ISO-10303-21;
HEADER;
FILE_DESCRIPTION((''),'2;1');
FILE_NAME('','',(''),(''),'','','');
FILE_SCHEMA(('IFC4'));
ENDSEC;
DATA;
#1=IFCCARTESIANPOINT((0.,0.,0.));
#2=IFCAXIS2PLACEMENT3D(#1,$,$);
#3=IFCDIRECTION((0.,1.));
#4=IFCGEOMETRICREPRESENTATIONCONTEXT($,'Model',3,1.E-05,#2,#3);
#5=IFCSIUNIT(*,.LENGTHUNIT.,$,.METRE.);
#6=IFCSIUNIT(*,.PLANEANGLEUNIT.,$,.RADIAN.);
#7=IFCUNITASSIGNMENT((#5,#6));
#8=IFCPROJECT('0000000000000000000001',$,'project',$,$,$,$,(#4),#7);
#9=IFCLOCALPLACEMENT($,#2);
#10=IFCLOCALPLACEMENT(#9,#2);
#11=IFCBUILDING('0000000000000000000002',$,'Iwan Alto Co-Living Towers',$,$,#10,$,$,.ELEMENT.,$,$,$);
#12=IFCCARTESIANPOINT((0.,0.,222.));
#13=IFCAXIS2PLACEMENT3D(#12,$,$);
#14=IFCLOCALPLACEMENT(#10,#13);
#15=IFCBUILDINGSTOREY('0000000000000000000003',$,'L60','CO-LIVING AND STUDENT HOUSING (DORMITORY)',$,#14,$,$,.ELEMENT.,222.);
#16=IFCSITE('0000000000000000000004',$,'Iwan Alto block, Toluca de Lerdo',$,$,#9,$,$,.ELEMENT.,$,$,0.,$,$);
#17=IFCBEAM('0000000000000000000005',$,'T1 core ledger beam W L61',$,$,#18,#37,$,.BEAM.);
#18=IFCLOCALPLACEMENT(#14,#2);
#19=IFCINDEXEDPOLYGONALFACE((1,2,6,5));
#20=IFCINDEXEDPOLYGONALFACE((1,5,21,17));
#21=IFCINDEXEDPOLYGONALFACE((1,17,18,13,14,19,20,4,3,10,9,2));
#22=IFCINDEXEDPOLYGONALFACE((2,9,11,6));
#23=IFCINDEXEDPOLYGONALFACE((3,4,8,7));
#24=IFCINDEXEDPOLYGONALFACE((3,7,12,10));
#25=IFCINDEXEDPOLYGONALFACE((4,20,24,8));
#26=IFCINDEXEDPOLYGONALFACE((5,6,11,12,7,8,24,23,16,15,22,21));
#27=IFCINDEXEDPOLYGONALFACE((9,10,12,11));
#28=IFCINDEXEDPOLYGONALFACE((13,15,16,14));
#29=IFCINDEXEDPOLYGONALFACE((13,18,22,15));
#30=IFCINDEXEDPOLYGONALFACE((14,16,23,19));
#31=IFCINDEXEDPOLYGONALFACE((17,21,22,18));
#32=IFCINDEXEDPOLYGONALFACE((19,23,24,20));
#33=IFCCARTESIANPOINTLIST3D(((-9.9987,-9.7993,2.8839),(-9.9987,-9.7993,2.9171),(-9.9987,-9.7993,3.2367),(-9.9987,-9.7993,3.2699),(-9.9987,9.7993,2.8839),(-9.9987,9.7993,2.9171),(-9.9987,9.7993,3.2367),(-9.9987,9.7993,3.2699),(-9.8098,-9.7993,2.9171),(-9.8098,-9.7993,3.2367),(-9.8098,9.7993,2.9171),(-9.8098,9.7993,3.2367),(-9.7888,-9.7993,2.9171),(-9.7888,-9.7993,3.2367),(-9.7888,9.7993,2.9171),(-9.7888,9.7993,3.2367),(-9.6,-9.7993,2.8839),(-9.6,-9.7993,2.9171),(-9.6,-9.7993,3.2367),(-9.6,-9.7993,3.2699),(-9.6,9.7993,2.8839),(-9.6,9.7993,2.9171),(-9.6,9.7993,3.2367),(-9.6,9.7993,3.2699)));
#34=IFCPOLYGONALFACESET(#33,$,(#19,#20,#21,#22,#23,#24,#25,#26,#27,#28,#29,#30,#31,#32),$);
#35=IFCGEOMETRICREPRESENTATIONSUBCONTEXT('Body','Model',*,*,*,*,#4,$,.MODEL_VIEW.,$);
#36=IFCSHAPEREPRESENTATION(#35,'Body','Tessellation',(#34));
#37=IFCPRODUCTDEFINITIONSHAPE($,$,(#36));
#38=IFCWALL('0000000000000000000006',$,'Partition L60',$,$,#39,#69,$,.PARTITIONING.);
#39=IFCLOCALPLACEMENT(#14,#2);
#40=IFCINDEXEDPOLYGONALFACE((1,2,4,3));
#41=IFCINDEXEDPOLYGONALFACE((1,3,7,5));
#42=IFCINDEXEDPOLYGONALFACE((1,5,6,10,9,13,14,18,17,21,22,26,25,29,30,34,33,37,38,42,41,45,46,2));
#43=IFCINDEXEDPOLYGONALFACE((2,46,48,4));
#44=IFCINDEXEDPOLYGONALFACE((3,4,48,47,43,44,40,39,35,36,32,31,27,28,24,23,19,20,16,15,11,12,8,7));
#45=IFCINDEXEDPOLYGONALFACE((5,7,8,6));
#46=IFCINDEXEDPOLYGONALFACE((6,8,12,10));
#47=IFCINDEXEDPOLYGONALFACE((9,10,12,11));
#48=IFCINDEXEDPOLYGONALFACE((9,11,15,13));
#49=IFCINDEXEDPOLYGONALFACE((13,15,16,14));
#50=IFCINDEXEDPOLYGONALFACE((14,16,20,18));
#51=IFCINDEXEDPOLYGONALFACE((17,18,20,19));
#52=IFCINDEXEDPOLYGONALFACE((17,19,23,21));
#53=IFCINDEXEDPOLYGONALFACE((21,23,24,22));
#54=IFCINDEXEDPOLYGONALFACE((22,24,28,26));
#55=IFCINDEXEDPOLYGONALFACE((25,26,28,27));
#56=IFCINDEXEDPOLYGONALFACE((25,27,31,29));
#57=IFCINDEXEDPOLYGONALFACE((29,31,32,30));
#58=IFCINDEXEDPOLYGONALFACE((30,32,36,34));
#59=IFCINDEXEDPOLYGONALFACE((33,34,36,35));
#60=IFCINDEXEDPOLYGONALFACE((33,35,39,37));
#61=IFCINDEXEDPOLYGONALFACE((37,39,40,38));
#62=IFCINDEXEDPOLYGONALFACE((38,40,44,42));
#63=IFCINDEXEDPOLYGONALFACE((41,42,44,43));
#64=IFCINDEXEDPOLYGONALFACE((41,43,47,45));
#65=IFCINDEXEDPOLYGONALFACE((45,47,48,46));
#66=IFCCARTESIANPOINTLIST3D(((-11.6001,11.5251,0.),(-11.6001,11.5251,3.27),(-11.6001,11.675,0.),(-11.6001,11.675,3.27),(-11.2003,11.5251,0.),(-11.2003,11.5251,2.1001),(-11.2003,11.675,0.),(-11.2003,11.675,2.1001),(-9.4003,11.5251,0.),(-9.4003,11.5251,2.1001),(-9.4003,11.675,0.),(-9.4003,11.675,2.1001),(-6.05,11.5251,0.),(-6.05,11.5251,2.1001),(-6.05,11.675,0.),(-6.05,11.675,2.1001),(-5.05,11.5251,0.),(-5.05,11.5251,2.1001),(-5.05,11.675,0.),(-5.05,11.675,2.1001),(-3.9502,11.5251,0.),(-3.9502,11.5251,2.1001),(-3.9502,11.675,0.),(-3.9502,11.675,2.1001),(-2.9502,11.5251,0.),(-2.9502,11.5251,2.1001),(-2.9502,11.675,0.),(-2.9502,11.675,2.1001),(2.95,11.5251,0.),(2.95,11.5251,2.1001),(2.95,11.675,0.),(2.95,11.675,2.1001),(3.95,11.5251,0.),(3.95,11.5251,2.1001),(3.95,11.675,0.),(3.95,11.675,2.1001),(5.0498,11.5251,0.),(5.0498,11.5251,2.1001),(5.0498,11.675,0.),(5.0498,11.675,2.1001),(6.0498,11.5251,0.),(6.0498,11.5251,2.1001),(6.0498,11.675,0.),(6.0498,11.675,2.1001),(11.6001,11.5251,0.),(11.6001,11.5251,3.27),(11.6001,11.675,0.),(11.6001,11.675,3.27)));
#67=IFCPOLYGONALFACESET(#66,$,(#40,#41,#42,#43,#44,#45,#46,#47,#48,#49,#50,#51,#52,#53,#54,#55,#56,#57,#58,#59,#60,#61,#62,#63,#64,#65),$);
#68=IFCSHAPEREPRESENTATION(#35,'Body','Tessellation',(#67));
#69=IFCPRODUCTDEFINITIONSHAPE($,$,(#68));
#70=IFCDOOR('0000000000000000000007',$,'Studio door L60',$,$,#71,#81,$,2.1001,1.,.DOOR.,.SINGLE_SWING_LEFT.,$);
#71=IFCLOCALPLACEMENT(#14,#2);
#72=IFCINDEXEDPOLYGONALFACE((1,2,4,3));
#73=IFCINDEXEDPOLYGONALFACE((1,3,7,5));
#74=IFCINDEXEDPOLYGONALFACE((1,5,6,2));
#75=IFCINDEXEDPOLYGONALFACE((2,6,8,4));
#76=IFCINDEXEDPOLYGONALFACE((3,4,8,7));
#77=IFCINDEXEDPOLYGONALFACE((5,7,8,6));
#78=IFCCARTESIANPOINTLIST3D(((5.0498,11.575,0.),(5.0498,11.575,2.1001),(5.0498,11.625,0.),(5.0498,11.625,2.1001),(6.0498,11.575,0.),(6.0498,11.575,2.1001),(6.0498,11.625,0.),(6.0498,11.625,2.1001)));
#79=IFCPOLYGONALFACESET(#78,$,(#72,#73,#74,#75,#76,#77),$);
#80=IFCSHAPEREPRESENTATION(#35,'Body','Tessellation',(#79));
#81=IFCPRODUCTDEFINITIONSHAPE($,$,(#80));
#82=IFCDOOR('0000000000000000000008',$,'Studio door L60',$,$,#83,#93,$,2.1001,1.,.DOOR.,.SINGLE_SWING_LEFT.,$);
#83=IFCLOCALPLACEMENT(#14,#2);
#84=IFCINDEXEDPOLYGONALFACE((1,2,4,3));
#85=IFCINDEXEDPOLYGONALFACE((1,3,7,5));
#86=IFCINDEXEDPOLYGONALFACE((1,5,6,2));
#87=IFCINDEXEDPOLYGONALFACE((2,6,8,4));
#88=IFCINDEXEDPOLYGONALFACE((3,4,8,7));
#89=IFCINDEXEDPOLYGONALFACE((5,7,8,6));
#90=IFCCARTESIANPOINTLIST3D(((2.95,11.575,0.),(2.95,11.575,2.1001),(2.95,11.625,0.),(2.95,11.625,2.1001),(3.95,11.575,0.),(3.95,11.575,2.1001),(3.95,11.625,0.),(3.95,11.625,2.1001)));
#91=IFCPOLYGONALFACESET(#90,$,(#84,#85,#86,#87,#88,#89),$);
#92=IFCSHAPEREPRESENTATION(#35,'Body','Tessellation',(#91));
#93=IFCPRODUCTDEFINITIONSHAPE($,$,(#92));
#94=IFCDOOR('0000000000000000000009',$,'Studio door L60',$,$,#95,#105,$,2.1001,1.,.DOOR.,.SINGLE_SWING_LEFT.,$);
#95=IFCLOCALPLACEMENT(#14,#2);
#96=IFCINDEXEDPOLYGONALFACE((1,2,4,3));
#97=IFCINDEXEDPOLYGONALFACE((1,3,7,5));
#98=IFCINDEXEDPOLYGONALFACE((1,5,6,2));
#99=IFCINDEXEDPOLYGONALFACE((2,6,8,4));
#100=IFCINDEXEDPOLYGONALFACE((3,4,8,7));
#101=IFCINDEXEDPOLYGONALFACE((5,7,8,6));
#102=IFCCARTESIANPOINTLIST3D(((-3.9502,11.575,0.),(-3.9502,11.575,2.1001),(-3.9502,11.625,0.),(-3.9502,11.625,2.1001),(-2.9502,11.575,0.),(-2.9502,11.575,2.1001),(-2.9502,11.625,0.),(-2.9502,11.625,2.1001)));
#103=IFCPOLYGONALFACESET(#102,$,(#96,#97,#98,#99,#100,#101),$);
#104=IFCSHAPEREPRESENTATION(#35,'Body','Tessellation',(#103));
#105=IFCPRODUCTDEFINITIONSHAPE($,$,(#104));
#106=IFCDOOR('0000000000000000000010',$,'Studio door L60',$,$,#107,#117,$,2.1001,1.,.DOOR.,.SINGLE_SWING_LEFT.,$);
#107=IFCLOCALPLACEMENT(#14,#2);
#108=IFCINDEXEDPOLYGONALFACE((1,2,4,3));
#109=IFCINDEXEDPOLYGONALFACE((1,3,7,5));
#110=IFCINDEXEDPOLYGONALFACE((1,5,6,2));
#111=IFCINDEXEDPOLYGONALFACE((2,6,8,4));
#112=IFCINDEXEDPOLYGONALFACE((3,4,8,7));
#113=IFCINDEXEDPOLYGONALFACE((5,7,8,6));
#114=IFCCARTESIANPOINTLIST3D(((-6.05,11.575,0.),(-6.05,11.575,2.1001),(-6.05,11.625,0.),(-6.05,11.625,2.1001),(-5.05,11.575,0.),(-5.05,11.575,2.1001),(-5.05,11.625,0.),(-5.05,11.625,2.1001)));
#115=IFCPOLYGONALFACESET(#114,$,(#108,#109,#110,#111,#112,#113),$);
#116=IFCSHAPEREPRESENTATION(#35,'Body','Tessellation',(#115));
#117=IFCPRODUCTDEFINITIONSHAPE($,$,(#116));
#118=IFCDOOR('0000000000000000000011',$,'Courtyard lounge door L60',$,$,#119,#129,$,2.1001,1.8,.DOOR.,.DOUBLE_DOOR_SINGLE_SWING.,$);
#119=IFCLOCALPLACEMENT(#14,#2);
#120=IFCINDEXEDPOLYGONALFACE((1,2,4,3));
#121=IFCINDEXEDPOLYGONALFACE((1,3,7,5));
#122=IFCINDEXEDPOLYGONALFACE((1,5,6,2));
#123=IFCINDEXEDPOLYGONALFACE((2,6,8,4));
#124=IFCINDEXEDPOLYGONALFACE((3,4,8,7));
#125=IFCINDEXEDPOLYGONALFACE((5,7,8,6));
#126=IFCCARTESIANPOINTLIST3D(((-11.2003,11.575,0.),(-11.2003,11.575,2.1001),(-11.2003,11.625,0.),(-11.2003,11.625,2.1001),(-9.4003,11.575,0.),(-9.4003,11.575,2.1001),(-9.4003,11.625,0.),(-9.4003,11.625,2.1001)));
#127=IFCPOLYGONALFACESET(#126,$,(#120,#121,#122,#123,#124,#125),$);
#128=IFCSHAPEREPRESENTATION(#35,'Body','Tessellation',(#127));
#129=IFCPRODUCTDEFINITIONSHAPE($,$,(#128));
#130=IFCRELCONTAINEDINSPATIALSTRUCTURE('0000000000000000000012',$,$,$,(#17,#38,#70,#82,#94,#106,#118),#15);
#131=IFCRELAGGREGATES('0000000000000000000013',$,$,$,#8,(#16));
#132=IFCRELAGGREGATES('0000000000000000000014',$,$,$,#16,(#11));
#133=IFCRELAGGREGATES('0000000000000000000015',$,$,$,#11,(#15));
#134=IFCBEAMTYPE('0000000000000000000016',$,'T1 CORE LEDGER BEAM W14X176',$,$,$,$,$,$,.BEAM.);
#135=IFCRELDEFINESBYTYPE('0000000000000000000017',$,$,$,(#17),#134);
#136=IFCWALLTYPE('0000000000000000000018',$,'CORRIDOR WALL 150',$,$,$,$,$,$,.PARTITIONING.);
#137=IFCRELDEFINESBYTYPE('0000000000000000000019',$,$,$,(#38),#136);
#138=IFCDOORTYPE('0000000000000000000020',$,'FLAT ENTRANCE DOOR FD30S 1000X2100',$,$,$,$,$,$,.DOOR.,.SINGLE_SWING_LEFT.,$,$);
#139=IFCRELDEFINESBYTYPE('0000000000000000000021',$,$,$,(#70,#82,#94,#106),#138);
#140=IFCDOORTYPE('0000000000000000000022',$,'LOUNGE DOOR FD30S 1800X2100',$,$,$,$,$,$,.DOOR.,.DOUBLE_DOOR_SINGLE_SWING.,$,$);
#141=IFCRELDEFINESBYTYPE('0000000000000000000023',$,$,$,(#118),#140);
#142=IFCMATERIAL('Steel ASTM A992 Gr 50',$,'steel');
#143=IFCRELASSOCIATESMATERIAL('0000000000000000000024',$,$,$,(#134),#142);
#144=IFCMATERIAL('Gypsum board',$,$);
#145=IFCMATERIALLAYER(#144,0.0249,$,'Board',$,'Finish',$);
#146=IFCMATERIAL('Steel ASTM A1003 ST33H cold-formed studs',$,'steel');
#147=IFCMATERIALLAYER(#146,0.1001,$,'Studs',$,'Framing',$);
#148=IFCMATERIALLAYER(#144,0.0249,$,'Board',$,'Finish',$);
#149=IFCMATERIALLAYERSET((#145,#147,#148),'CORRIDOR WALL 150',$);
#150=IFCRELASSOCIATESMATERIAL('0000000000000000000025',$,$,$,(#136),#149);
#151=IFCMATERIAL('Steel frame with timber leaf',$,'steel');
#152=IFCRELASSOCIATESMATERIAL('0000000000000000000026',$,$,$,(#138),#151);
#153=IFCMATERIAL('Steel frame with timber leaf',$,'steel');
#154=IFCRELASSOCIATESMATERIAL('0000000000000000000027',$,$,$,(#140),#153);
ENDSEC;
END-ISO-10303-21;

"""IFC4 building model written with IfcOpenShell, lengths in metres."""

from ifc_helpers import new_model, si_unit, direction, frame, frame_2d, origin, origin_2d, place, context, subcontext, project, spatial, rectangle, i_section, extrude, material, layer, layer_set, material_profile, profile_set, type_object, element, fill, save


model = new_model("IFC4")

# Units and contexts
model_context = context("Model", 3, precision=1e-05, world=origin(), true_north=direction((0.0, 1.0)))
body_context = subcontext(model_context, "Body", "Model", "MODEL_VIEW")
ifc_project = project(units=[si_unit("LENGTHUNIT", "METRE"), si_unit("PLANEANGLEUNIT", "RADIAN")], contexts=[model_context])

# Site, building, storey
site_placement = place(None, origin())
site = spatial("IfcSite", under=ifc_project, at=site_placement, Name="Iwan Alto block, Toluca de Lerdo", CompositionType="ELEMENT", RefElevation=0.0)
building_placement = place(site_placement, origin())
building = spatial("IfcBuilding", under=site, at=building_placement, Name="Iwan Alto Co-Living Towers", CompositionType="ELEMENT")
storey_placement = place(building_placement, frame((0.0, 0.0, 222.0)))
storey = spatial("IfcBuildingStorey", under=building, at=storey_placement, Name="L60", Description="CO-LIVING AND STUDENT HOUSING (DORMITORY)", CompositionType="ELEMENT", Elevation=222.0)

# Beam
ifc_material_1 = material(Name="Steel ASTM A992 Gr 50", Category="steel")
ifc_material_profile = material_profile(ifc_material_1, i_section(OverallWidth=0.3987, OverallDepth=0.386, WebThickness=0.021, FlangeThickness=0.0332, at=origin_2d()), Name="W14X176")
ifc_profile_set = profile_set([ifc_material_profile], Name="Steel ASTM A992 Gr 50")
beam_type = type_object("IfcBeamType", Name="T1 CORE LEDGER BEAM W14X176", PredefinedType="BEAM", material=ifc_profile_set)
beam_placement = place(storey_placement, frame((-9.7993, 9.7993, 3.0769), z_axis=(0.0, -1.0, 0.0), x_axis=(1.0, 0.0, 0.0)))
element("IfcBeam", 1, at=beam_placement, inside=storey, type_object=beam_type, Name="T1 core ledger beam W L61", PredefinedType="BEAM", context=body_context, shape_type="SweptSolid", body=[
    extrude(i_section(OverallWidth=0.3987, OverallDepth=0.386, WebThickness=0.021, FlangeThickness=0.0332, at=origin_2d()), origin(), (0.0, 0.0, 1.0), 19.5986),
])

# Wall, openings, doors
ifc_material_2 = material(Name="Gypsum board")
ifc_layer_1 = layer(ifc_material_2, 0.0249, Name="Board", Category="Finish")
ifc_material_3 = material(Name="Steel ASTM A1003 ST33H cold-formed studs", Category="steel")
ifc_layer_2 = layer(ifc_material_3, 0.1001, Name="Studs", Category="Framing")
ifc_layer_3 = layer(ifc_material_2, 0.0249, Name="Board", Category="Finish")
ifc_layer_set_1 = layer_set([ifc_layer_1, ifc_layer_2, ifc_layer_3], Name="CORRIDOR WALL 150")
wall_type_1 = type_object("IfcWallType", Name="CORRIDOR WALL 150", PredefinedType="PARTITIONING", material=ifc_layer_set_1)
wall_1_placement = place(storey_placement, frame((-11.6001, 11.6001, 0.0), z_axis=(0.0, 0.0, 1.0), x_axis=(1.0, 0.0, 0.0)))
wall_1 = element("IfcWall", 2, at=wall_1_placement, inside=storey, type_object=wall_type_1, Name="Partition L60", PredefinedType="PARTITIONING", context=body_context, shape_type="SweptSolid", body=[
    extrude(rectangle(XDim=23.2002, YDim=0.1499, at=frame_2d((11.6001, 0.0))), origin(), (0.0, 0.0, 1.0), 3.27),
])
opening_1_placement = place(wall_1_placement, frame((16.6499, 0.0, 0.0)))
opening_1 = element("IfcOpeningElement", 3, at=opening_1_placement, cuts=wall_1, PredefinedType="OPENING", context=body_context, shape_type="SweptSolid", body=[
    extrude(rectangle(XDim=1.0, YDim=2.1001, at=frame_2d((0.5, 1.05))), frame((0.0, 0.085, 0.0), z_axis=(0.0, -1.0, 0.0), x_axis=(1.0, 0.0, 0.0)), (0.0, 0.0, 1.0), 0.1699),
])
opening_2_placement = place(wall_1_placement, frame((14.55, 0.0, 0.0)))
opening_2 = element("IfcOpeningElement", 4, at=opening_2_placement, cuts=wall_1, PredefinedType="OPENING", context=body_context, shape_type="SweptSolid", body=[
    extrude(rectangle(XDim=1.0, YDim=2.1001, at=frame_2d((0.5, 1.05))), frame((0.0, 0.085, 0.0), z_axis=(0.0, -1.0, 0.0), x_axis=(1.0, 0.0, 0.0)), (0.0, 0.0, 1.0), 0.1699),
])
opening_3_placement = place(wall_1_placement, frame((7.6499, 0.0, 0.0)))
opening_3 = element("IfcOpeningElement", 5, at=opening_3_placement, cuts=wall_1, PredefinedType="OPENING", context=body_context, shape_type="SweptSolid", body=[
    extrude(rectangle(XDim=1.0, YDim=2.1001, at=frame_2d((0.5, 1.05))), frame((0.0, 0.085, 0.0), z_axis=(0.0, -1.0, 0.0), x_axis=(1.0, 0.0, 0.0)), (0.0, 0.0, 1.0), 0.1699),
])
opening_4_placement = place(wall_1_placement, frame((5.55, 0.0, 0.0)))
opening_4 = element("IfcOpeningElement", 6, at=opening_4_placement, cuts=wall_1, PredefinedType="OPENING", context=body_context, shape_type="SweptSolid", body=[
    extrude(rectangle(XDim=1.0, YDim=2.1001, at=frame_2d((0.5, 1.05))), frame((0.0, 0.085, 0.0), z_axis=(0.0, -1.0, 0.0), x_axis=(1.0, 0.0, 0.0)), (0.0, 0.0, 1.0), 0.1699),
])
opening_5_placement = place(wall_1_placement, frame((0.3999, 0.0, 0.0)))
opening_5 = element("IfcOpeningElement", 7, at=opening_5_placement, cuts=wall_1, PredefinedType="OPENING", context=body_context, shape_type="SweptSolid", body=[
    extrude(rectangle(XDim=1.8, YDim=2.1001, at=frame_2d((0.8999, 1.05))), frame((0.0, 0.085, 0.0), z_axis=(0.0, -1.0, 0.0), x_axis=(1.0, 0.0, 0.0)), (0.0, 0.0, 1.0), 0.1699),
])
ifc_material_4 = material(Name="Steel frame with timber leaf", Category="steel")
door_type_1 = type_object("IfcDoorType", Name="FLAT ENTRANCE DOOR FD30S 1000X2100", OperationType="SINGLE_SWING_LEFT", PredefinedType="DOOR", material=ifc_material_4)
door_1_placement = place(opening_1_placement, origin())
door_1 = element("IfcDoor", 8, at=door_1_placement, inside=storey, type_object=door_type_1, Name="Studio door L60", OperationType="SINGLE_SWING_LEFT", OverallHeight=2.1001, OverallWidth=1.0, PredefinedType="DOOR", context=body_context, shape_type="SweptSolid", body=[
    extrude(rectangle(XDim=1.0, YDim=2.1001, at=frame_2d((0.5, 1.05))), frame((0.0, 0.0249, 0.0), z_axis=(0.0, -1.0, 0.0), x_axis=(1.0, 0.0, 0.0)), (0.0, 0.0, 1.0), 0.05),
])
fill(opening_1, door_1)
door_2_placement = place(opening_2_placement, origin())
door_2 = element("IfcDoor", 9, at=door_2_placement, inside=storey, type_object=door_type_1, Name="Studio door L60", OperationType="SINGLE_SWING_LEFT", OverallHeight=2.1001, OverallWidth=1.0, PredefinedType="DOOR", context=body_context, shape_type="SweptSolid", body=[
    extrude(rectangle(XDim=1.0, YDim=2.1001, at=frame_2d((0.5, 1.05))), frame((0.0, 0.0249, 0.0), z_axis=(0.0, -1.0, 0.0), x_axis=(1.0, 0.0, 0.0)), (0.0, 0.0, 1.0), 0.05),
])
fill(opening_2, door_2)
door_3_placement = place(opening_3_placement, origin())
door_3 = element("IfcDoor", 10, at=door_3_placement, inside=storey, type_object=door_type_1, Name="Studio door L60", OperationType="SINGLE_SWING_LEFT", OverallHeight=2.1001, OverallWidth=1.0, PredefinedType="DOOR", context=body_context, shape_type="SweptSolid", body=[
    extrude(rectangle(XDim=1.0, YDim=2.1001, at=frame_2d((0.5, 1.05))), frame((0.0, 0.0249, 0.0), z_axis=(0.0, -1.0, 0.0), x_axis=(1.0, 0.0, 0.0)), (0.0, 0.0, 1.0), 0.05),
])
fill(opening_3, door_3)
door_4_placement = place(opening_4_placement, origin())
door_4 = element("IfcDoor", 11, at=door_4_placement, inside=storey, type_object=door_type_1, Name="Studio door L60", OperationType="SINGLE_SWING_LEFT", OverallHeight=2.1001, OverallWidth=1.0, PredefinedType="DOOR", context=body_context, shape_type="SweptSolid", body=[
    extrude(rectangle(XDim=1.0, YDim=2.1001, at=frame_2d((0.5, 1.05))), frame((0.0, 0.0249, 0.0), z_axis=(0.0, -1.0, 0.0), x_axis=(1.0, 0.0, 0.0)), (0.0, 0.0, 1.0), 0.05),
])
fill(opening_4, door_4)
ifc_material_5 = material(Name="Steel frame with timber leaf", Category="steel")
door_type_2 = type_object("IfcDoorType", Name="LOUNGE DOOR FD30S 1800X2100", OperationType="DOUBLE_DOOR_SINGLE_SWING", PredefinedType="DOOR", material=ifc_material_5)
door_5_placement = place(opening_5_placement, origin())
door_5 = element("IfcDoor", 12, at=door_5_placement, inside=storey, type_object=door_type_2, Name="Courtyard lounge door L60", OperationType="DOUBLE_DOOR_SINGLE_SWING", OverallHeight=2.1001, OverallWidth=1.8, PredefinedType="DOOR", context=body_context, shape_type="SweptSolid", body=[
    extrude(rectangle(XDim=1.8, YDim=2.1001, at=frame_2d((0.8999, 1.05))), frame((0.0, 0.0249, 0.0), z_axis=(0.0, -1.0, 0.0), x_axis=(1.0, 0.0, 0.0)), (0.0, 0.0, 1.0), 0.05),
])
fill(opening_5, door_5)

save(model, "model.ifc")
